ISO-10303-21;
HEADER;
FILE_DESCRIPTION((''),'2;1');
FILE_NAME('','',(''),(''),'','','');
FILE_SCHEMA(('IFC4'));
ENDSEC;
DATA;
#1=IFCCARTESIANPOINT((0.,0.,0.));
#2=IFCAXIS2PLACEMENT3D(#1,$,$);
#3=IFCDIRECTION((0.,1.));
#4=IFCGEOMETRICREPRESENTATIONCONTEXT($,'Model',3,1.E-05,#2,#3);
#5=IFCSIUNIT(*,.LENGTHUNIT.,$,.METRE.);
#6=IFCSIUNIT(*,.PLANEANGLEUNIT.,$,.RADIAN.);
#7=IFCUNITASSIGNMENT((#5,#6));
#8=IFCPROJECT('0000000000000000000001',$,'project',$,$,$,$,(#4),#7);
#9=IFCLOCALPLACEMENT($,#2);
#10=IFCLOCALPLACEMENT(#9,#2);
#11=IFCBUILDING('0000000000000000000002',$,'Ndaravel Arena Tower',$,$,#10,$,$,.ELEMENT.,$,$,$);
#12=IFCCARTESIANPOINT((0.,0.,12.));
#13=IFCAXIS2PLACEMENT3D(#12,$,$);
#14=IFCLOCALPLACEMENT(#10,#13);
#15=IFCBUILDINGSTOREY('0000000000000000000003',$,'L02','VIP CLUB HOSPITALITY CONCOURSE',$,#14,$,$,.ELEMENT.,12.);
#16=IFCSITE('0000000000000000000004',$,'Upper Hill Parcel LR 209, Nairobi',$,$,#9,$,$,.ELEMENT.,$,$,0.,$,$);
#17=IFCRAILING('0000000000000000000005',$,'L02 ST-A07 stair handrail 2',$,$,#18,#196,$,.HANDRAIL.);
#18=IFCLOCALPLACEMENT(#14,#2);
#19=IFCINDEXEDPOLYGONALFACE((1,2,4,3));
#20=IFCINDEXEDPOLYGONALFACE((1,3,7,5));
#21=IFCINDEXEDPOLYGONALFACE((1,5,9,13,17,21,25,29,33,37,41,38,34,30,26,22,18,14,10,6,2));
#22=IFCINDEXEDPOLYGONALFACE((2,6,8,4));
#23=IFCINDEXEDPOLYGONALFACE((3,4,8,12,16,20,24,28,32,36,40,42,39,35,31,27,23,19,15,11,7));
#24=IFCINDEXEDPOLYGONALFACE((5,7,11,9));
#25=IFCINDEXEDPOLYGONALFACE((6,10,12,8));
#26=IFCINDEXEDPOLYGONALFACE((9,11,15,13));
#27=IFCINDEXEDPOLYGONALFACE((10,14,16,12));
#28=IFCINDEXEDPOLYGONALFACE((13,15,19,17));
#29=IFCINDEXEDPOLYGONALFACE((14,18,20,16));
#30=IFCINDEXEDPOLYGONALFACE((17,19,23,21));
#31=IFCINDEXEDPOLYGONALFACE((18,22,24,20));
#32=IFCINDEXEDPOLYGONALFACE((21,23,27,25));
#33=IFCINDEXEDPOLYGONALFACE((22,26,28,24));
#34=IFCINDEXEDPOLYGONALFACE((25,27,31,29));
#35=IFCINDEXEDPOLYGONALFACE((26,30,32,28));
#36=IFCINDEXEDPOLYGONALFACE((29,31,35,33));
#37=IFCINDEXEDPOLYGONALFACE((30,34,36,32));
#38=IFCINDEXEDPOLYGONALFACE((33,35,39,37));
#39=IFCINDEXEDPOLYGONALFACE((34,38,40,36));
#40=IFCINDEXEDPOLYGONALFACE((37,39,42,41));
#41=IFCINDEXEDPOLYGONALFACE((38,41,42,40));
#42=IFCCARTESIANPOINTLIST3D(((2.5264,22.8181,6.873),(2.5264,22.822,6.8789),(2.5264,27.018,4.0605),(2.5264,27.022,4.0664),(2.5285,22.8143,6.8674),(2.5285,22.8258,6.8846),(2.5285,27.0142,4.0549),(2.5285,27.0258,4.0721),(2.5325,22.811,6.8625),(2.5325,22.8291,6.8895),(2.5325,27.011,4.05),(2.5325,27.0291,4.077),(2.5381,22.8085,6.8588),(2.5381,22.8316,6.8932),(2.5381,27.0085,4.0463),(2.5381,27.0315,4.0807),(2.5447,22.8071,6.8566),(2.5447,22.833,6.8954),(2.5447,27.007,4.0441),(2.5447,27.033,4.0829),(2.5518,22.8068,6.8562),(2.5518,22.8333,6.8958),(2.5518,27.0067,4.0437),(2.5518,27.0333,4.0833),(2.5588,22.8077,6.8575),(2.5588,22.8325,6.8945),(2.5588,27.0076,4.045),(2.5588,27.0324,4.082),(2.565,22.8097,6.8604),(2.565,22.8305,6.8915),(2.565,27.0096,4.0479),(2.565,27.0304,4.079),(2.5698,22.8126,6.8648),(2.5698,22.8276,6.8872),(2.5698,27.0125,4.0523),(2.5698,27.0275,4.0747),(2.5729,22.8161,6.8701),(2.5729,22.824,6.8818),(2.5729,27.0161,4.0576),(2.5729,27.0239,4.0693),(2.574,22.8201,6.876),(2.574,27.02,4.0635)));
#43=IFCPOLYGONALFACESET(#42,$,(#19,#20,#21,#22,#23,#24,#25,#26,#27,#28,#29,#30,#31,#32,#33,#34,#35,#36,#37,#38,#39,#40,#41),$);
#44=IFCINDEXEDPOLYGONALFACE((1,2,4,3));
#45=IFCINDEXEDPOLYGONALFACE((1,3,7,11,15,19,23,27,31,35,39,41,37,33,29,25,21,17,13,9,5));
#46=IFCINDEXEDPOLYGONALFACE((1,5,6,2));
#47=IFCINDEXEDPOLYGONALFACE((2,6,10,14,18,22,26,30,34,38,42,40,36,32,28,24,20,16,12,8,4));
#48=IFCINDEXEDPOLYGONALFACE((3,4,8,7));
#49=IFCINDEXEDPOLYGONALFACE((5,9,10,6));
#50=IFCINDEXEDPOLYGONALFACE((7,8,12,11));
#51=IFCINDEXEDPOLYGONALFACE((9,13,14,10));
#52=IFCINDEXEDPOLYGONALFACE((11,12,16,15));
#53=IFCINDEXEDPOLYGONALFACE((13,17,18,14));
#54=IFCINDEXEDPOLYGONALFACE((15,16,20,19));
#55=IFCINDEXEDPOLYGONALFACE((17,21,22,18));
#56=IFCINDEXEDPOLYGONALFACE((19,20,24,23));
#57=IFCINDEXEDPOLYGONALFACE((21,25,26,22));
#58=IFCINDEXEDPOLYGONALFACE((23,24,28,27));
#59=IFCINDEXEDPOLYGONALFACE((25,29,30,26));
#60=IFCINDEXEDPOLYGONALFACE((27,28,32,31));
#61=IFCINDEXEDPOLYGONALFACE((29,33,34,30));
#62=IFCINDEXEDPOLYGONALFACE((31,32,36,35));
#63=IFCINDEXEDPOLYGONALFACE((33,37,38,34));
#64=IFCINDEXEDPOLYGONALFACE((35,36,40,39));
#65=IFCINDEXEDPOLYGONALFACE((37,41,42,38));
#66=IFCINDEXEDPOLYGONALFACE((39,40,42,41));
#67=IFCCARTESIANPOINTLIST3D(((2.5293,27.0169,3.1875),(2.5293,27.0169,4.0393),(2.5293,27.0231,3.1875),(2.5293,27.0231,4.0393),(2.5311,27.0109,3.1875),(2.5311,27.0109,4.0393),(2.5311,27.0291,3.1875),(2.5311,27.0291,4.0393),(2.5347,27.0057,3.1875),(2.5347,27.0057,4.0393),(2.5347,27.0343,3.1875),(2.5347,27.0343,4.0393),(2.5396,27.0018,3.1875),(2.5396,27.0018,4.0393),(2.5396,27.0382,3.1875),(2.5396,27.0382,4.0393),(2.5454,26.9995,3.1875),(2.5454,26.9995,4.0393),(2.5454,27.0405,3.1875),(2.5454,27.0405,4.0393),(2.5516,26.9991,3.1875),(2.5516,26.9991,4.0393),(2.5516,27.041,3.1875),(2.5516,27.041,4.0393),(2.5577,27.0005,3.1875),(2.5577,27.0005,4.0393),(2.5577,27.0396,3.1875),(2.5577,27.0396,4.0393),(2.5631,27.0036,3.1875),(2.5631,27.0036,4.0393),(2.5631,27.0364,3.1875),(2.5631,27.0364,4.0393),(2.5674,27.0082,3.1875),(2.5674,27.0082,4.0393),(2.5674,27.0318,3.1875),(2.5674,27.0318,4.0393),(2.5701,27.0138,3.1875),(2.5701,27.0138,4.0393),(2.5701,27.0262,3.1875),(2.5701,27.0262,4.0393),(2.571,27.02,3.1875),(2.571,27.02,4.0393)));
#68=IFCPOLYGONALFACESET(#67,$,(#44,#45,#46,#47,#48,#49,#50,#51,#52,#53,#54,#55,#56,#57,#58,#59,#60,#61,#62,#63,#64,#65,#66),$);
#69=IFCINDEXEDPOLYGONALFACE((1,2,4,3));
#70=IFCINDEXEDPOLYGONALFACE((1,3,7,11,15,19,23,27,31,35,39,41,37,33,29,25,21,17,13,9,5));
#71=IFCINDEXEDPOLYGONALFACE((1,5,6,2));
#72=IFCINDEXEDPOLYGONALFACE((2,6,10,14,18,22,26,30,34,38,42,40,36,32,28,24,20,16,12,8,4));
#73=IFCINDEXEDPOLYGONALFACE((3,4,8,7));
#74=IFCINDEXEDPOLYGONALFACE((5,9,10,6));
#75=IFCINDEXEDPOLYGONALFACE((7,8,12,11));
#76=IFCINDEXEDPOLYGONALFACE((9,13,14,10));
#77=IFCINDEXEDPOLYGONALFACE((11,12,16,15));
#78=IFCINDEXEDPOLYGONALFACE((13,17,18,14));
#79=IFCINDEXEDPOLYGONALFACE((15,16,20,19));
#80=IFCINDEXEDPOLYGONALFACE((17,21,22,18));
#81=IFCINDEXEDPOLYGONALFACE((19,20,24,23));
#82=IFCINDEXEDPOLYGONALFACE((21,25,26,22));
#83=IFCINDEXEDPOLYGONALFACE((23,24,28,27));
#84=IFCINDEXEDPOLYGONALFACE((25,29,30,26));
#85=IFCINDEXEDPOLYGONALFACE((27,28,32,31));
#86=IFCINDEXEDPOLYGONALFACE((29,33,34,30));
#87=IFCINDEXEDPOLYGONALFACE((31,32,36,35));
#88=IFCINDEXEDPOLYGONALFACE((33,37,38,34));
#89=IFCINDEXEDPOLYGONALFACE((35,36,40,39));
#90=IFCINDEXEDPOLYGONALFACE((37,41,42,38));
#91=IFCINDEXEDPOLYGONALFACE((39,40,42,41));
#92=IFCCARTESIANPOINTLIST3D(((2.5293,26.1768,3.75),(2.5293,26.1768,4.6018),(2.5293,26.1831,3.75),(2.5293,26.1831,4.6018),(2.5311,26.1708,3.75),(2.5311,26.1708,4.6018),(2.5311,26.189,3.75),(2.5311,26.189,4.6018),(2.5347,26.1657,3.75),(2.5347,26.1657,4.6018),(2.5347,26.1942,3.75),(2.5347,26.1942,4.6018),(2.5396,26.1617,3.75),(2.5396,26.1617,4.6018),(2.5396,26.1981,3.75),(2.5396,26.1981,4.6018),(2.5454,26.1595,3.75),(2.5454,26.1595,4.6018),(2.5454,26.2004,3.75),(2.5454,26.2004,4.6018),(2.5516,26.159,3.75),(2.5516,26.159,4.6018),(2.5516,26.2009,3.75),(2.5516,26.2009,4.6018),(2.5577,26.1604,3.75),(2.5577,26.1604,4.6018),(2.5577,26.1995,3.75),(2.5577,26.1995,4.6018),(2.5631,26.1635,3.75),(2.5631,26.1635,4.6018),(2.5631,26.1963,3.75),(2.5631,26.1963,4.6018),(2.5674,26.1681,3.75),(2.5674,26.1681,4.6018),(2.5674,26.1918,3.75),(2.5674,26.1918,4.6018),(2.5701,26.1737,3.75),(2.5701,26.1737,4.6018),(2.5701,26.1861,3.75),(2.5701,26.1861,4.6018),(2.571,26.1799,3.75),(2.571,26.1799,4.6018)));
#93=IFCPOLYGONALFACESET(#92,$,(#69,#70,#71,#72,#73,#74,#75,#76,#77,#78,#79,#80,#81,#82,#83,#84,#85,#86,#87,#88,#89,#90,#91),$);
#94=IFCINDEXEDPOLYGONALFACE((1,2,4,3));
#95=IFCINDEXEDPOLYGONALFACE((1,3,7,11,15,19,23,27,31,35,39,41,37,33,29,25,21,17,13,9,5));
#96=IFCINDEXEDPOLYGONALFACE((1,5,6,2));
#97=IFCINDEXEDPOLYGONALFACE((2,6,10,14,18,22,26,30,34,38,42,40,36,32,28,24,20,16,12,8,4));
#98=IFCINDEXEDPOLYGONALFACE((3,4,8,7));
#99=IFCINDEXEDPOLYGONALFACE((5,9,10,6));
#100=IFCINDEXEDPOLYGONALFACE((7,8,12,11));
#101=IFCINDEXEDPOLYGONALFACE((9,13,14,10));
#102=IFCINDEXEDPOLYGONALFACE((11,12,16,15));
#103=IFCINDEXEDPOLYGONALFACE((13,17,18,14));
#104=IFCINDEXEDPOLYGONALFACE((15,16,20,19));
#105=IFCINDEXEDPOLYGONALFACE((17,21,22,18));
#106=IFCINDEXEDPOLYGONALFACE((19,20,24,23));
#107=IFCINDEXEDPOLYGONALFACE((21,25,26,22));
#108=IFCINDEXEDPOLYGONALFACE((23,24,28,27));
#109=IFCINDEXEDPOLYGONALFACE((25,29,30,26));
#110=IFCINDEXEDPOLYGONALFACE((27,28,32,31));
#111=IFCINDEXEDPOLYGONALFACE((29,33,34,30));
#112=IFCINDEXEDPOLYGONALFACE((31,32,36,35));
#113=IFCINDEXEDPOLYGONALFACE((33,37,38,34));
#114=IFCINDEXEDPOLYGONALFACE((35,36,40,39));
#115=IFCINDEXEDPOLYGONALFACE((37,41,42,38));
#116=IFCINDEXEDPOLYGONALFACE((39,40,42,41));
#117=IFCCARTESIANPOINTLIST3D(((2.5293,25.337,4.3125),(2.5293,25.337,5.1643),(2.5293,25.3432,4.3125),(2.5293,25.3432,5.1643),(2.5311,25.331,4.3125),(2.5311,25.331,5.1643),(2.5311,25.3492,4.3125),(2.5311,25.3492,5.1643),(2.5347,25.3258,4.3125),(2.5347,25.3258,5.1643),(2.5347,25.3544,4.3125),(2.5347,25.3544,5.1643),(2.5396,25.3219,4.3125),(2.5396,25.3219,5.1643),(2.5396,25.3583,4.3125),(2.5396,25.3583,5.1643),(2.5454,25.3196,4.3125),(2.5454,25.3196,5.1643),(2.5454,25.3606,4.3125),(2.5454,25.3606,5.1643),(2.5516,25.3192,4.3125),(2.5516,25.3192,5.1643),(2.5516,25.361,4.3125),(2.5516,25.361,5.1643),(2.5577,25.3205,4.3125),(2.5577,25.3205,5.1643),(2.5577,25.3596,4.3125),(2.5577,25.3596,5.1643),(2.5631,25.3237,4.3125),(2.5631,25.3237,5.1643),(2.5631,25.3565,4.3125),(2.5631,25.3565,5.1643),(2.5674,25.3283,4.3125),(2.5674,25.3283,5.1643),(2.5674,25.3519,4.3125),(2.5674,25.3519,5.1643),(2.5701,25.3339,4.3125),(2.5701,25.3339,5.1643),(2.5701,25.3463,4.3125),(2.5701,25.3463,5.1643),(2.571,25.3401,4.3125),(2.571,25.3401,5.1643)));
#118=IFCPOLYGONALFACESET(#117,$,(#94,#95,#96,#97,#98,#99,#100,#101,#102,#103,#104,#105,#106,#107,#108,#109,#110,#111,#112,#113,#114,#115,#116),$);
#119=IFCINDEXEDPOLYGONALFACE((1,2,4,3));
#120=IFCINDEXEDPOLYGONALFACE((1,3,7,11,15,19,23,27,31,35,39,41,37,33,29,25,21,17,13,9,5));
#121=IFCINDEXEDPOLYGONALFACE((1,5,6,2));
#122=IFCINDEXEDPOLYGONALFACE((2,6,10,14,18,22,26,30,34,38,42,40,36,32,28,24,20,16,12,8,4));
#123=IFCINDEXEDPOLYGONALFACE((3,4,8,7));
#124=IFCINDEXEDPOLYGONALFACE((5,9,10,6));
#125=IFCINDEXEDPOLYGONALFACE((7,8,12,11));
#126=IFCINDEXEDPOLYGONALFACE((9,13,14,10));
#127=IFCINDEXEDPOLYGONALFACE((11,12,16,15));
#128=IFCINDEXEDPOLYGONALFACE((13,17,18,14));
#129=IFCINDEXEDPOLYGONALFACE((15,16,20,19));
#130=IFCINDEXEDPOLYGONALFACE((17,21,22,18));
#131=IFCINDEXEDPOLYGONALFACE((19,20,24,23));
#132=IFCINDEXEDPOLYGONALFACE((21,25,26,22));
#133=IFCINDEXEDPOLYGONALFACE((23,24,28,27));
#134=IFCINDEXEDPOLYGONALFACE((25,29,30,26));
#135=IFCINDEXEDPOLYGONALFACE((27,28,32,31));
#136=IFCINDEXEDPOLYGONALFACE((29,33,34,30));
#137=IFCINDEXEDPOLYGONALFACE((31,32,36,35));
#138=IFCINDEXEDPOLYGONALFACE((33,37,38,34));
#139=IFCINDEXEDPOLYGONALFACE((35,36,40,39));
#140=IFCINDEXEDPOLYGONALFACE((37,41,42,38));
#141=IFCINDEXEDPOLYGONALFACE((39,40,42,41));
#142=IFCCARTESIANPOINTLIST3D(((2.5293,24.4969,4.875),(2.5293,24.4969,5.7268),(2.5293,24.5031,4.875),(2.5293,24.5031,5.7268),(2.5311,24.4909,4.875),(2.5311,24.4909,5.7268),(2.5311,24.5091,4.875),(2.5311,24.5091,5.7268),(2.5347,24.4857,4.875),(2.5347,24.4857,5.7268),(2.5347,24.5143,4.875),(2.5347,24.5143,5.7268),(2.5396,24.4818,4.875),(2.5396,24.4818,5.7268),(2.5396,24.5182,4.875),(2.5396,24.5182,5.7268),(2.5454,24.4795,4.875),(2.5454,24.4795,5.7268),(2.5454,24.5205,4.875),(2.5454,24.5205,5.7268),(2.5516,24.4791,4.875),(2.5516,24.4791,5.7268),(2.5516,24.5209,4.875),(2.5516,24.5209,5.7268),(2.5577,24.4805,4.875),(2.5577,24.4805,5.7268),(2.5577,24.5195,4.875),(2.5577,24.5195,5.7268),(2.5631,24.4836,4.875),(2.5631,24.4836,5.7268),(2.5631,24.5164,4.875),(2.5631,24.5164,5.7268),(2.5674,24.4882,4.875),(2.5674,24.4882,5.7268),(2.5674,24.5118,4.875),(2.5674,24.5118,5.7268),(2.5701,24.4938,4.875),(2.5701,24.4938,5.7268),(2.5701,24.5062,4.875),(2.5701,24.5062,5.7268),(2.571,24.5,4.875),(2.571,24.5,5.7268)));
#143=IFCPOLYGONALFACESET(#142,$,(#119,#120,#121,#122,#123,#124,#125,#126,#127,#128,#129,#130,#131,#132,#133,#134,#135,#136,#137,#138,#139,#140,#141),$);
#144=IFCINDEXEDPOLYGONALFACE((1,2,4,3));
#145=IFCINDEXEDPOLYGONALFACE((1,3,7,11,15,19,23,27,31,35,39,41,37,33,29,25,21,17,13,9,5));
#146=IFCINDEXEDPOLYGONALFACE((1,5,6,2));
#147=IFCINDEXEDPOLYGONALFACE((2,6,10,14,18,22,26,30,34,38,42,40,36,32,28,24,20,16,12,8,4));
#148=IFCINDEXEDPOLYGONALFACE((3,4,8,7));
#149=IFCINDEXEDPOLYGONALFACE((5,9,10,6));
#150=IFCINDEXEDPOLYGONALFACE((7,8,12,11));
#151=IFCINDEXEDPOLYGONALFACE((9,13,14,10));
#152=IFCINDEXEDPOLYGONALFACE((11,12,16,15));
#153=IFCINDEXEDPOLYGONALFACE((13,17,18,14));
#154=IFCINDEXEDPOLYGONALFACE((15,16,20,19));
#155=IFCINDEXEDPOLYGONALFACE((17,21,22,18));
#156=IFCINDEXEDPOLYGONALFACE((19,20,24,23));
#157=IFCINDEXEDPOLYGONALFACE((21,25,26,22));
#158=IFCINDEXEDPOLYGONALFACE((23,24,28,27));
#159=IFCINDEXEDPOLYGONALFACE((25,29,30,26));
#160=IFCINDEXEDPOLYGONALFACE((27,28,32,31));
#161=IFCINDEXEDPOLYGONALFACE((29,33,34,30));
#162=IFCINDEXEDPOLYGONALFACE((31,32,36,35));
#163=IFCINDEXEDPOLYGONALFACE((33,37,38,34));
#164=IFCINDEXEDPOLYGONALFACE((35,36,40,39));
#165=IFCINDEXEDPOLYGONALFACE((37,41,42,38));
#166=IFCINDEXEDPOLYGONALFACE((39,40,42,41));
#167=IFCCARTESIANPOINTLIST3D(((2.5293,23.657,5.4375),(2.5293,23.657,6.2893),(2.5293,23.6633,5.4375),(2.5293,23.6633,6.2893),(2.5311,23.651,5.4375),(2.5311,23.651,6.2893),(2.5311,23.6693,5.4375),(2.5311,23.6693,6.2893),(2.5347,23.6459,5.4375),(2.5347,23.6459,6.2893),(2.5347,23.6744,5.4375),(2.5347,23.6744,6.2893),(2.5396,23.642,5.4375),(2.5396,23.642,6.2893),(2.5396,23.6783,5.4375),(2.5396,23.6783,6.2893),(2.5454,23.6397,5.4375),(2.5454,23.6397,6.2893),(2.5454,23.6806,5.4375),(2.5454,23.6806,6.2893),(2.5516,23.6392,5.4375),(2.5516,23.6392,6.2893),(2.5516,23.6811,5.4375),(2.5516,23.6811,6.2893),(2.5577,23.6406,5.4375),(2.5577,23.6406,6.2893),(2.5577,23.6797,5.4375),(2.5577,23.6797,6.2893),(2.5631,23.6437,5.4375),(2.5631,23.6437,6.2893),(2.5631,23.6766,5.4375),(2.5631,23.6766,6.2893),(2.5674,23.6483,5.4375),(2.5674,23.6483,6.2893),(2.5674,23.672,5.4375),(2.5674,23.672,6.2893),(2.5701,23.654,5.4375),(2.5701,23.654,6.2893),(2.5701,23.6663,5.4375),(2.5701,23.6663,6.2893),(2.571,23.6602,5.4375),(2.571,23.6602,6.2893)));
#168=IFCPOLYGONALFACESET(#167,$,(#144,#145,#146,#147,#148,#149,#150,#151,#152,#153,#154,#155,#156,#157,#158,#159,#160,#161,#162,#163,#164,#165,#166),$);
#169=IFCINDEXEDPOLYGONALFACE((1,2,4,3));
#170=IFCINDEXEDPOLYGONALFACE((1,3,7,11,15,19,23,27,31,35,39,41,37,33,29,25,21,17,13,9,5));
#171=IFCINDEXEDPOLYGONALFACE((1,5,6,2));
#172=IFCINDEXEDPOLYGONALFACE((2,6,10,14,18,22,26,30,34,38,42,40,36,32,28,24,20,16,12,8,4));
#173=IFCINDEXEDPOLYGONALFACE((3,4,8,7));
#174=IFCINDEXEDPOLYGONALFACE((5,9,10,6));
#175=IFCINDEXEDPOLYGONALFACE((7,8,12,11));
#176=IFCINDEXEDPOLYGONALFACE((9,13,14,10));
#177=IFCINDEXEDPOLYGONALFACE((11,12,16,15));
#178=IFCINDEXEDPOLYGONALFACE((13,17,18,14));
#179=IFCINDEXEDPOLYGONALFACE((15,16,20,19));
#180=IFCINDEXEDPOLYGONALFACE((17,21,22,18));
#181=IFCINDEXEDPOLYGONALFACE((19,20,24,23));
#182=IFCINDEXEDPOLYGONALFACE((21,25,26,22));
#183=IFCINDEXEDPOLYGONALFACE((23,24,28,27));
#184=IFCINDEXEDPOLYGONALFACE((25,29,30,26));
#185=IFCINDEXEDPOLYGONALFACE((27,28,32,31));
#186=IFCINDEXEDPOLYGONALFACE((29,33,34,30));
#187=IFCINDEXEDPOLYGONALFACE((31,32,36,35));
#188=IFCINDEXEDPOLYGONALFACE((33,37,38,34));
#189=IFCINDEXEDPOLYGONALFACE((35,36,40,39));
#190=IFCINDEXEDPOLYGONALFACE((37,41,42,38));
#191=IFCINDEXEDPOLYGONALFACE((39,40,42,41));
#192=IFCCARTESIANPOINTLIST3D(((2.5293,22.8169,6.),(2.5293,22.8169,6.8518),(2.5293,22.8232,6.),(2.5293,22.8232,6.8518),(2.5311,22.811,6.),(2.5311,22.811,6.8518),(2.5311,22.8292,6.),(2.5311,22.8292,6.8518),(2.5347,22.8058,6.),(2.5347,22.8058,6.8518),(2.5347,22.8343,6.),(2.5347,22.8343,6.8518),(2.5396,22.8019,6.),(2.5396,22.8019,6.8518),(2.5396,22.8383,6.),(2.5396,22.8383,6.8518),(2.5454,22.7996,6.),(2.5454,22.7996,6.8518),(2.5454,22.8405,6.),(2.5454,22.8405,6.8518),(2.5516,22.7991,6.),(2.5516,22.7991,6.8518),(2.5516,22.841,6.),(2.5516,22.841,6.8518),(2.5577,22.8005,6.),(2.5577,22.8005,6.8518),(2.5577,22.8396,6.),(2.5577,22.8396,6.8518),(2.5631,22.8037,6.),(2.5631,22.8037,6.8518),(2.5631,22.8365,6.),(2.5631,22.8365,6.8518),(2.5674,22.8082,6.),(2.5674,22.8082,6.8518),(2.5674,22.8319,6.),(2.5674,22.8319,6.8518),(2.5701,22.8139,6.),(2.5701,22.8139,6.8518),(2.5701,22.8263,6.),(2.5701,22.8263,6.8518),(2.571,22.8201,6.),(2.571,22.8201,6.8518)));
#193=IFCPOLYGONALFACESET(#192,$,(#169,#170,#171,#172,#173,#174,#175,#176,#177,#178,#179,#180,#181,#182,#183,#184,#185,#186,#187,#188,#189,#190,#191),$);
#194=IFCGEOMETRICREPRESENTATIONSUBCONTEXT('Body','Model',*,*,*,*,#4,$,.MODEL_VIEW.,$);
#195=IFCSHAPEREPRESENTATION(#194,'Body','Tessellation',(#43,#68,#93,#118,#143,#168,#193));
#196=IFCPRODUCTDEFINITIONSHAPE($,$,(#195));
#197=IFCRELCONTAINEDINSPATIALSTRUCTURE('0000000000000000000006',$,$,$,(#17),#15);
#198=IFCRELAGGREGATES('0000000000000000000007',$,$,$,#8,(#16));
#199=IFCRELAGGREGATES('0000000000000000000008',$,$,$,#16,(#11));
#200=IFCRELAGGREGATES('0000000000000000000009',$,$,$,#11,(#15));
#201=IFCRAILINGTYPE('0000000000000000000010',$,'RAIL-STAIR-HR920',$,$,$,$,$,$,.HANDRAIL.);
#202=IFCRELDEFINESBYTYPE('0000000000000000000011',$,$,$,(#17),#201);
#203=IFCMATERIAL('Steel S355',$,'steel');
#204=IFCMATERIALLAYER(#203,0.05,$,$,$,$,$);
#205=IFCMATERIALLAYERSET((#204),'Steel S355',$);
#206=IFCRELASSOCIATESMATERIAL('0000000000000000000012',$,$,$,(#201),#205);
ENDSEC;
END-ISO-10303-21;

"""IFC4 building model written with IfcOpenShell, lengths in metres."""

from ifc_helpers import new_model, si_unit, direction, frame, origin, origin_2d, place, context, subcontext, project, spatial, circle, extrude, material, layer, layer_set, type_object, element, save


model = new_model("IFC4")

# Units and contexts
model_context = context("Model", 3, precision=1e-05, world=origin(), true_north=direction((0.0, 1.0)))
body_context = subcontext(model_context, "Body", "Model", "MODEL_VIEW")
ifc_project = project(units=[si_unit("LENGTHUNIT", "METRE"), si_unit("PLANEANGLEUNIT", "RADIAN")], contexts=[model_context])

# Site, building, storey
site_placement = place(None, origin())
site = spatial("IfcSite", under=ifc_project, at=site_placement, Name="Upper Hill Parcel LR 209, Nairobi", CompositionType="ELEMENT", RefElevation=0.0)
building_placement = place(site_placement, origin())
building = spatial("IfcBuilding", under=site, at=building_placement, Name="Ndaravel Arena Tower", CompositionType="ELEMENT")
storey_placement = place(building_placement, frame((0.0, 0.0, 12.0)))
storey = spatial("IfcBuildingStorey", under=building, at=storey_placement, Name="L02", Description="VIP CLUB HOSPITALITY CONCOURSE", CompositionType="ELEMENT", Elevation=12.0)

# Railing
ifc_material_1 = material(Name="Steel S355", Category="steel")
ifc_layer_1 = layer(ifc_material_1, 0.05)
ifc_layer_set_1 = layer_set([ifc_layer_1], Name="Steel S355")
railing_type_1 = type_object("IfcRailingType", Name="RAIL-STAIR-HR920", PredefinedType="HANDRAIL", material=ifc_layer_set_1)
for number, where, name in (
    (1, (2.55, 27.02, 3.1875), "L02 ST-A07 stair handrail 2"),
):
    element("IfcRailing", number, at=place(storey_placement, frame(where)), inside=storey, type_object=railing_type_1, Name=name, PredefinedType="HANDRAIL", context=body_context, shape_type="SweptSolid", body=[
        extrude(circle(Radius=0.0239, at=origin_2d()), frame((0.0, 0.0, 0.876), z_axis=(0.0, -0.830904, 0.556416), x_axis=(1.0, 0.0, 0.0)), (0.0, 0.0, 1.0), 5.0547),
        extrude(circle(Radius=0.021, at=origin_2d()), origin(), (0.0, 0.0, 1.0), 0.8518),
        extrude(circle(Radius=0.021, at=origin_2d()), frame((0.0, -0.8401, 0.5625)), (0.0, 0.0, 1.0), 0.8518),
        extrude(circle(Radius=0.021, at=origin_2d()), frame((0.0, -1.6799, 1.125)), (0.0, 0.0, 1.0), 0.8518),
        extrude(circle(Radius=0.021, at=origin_2d()), frame((0.0, -2.52, 1.6875)), (0.0, 0.0, 1.0), 0.8518),
        extrude(circle(Radius=0.021, at=origin_2d()), frame((0.0, -3.3599, 2.25)), (0.0, 0.0, 1.0), 0.8518),
        extrude(circle(Radius=0.021, at=origin_2d()), frame((0.0, -4.2, 2.8125)), (0.0, 0.0, 1.0), 0.8518),
    ])

save(model, "model.ifc")
